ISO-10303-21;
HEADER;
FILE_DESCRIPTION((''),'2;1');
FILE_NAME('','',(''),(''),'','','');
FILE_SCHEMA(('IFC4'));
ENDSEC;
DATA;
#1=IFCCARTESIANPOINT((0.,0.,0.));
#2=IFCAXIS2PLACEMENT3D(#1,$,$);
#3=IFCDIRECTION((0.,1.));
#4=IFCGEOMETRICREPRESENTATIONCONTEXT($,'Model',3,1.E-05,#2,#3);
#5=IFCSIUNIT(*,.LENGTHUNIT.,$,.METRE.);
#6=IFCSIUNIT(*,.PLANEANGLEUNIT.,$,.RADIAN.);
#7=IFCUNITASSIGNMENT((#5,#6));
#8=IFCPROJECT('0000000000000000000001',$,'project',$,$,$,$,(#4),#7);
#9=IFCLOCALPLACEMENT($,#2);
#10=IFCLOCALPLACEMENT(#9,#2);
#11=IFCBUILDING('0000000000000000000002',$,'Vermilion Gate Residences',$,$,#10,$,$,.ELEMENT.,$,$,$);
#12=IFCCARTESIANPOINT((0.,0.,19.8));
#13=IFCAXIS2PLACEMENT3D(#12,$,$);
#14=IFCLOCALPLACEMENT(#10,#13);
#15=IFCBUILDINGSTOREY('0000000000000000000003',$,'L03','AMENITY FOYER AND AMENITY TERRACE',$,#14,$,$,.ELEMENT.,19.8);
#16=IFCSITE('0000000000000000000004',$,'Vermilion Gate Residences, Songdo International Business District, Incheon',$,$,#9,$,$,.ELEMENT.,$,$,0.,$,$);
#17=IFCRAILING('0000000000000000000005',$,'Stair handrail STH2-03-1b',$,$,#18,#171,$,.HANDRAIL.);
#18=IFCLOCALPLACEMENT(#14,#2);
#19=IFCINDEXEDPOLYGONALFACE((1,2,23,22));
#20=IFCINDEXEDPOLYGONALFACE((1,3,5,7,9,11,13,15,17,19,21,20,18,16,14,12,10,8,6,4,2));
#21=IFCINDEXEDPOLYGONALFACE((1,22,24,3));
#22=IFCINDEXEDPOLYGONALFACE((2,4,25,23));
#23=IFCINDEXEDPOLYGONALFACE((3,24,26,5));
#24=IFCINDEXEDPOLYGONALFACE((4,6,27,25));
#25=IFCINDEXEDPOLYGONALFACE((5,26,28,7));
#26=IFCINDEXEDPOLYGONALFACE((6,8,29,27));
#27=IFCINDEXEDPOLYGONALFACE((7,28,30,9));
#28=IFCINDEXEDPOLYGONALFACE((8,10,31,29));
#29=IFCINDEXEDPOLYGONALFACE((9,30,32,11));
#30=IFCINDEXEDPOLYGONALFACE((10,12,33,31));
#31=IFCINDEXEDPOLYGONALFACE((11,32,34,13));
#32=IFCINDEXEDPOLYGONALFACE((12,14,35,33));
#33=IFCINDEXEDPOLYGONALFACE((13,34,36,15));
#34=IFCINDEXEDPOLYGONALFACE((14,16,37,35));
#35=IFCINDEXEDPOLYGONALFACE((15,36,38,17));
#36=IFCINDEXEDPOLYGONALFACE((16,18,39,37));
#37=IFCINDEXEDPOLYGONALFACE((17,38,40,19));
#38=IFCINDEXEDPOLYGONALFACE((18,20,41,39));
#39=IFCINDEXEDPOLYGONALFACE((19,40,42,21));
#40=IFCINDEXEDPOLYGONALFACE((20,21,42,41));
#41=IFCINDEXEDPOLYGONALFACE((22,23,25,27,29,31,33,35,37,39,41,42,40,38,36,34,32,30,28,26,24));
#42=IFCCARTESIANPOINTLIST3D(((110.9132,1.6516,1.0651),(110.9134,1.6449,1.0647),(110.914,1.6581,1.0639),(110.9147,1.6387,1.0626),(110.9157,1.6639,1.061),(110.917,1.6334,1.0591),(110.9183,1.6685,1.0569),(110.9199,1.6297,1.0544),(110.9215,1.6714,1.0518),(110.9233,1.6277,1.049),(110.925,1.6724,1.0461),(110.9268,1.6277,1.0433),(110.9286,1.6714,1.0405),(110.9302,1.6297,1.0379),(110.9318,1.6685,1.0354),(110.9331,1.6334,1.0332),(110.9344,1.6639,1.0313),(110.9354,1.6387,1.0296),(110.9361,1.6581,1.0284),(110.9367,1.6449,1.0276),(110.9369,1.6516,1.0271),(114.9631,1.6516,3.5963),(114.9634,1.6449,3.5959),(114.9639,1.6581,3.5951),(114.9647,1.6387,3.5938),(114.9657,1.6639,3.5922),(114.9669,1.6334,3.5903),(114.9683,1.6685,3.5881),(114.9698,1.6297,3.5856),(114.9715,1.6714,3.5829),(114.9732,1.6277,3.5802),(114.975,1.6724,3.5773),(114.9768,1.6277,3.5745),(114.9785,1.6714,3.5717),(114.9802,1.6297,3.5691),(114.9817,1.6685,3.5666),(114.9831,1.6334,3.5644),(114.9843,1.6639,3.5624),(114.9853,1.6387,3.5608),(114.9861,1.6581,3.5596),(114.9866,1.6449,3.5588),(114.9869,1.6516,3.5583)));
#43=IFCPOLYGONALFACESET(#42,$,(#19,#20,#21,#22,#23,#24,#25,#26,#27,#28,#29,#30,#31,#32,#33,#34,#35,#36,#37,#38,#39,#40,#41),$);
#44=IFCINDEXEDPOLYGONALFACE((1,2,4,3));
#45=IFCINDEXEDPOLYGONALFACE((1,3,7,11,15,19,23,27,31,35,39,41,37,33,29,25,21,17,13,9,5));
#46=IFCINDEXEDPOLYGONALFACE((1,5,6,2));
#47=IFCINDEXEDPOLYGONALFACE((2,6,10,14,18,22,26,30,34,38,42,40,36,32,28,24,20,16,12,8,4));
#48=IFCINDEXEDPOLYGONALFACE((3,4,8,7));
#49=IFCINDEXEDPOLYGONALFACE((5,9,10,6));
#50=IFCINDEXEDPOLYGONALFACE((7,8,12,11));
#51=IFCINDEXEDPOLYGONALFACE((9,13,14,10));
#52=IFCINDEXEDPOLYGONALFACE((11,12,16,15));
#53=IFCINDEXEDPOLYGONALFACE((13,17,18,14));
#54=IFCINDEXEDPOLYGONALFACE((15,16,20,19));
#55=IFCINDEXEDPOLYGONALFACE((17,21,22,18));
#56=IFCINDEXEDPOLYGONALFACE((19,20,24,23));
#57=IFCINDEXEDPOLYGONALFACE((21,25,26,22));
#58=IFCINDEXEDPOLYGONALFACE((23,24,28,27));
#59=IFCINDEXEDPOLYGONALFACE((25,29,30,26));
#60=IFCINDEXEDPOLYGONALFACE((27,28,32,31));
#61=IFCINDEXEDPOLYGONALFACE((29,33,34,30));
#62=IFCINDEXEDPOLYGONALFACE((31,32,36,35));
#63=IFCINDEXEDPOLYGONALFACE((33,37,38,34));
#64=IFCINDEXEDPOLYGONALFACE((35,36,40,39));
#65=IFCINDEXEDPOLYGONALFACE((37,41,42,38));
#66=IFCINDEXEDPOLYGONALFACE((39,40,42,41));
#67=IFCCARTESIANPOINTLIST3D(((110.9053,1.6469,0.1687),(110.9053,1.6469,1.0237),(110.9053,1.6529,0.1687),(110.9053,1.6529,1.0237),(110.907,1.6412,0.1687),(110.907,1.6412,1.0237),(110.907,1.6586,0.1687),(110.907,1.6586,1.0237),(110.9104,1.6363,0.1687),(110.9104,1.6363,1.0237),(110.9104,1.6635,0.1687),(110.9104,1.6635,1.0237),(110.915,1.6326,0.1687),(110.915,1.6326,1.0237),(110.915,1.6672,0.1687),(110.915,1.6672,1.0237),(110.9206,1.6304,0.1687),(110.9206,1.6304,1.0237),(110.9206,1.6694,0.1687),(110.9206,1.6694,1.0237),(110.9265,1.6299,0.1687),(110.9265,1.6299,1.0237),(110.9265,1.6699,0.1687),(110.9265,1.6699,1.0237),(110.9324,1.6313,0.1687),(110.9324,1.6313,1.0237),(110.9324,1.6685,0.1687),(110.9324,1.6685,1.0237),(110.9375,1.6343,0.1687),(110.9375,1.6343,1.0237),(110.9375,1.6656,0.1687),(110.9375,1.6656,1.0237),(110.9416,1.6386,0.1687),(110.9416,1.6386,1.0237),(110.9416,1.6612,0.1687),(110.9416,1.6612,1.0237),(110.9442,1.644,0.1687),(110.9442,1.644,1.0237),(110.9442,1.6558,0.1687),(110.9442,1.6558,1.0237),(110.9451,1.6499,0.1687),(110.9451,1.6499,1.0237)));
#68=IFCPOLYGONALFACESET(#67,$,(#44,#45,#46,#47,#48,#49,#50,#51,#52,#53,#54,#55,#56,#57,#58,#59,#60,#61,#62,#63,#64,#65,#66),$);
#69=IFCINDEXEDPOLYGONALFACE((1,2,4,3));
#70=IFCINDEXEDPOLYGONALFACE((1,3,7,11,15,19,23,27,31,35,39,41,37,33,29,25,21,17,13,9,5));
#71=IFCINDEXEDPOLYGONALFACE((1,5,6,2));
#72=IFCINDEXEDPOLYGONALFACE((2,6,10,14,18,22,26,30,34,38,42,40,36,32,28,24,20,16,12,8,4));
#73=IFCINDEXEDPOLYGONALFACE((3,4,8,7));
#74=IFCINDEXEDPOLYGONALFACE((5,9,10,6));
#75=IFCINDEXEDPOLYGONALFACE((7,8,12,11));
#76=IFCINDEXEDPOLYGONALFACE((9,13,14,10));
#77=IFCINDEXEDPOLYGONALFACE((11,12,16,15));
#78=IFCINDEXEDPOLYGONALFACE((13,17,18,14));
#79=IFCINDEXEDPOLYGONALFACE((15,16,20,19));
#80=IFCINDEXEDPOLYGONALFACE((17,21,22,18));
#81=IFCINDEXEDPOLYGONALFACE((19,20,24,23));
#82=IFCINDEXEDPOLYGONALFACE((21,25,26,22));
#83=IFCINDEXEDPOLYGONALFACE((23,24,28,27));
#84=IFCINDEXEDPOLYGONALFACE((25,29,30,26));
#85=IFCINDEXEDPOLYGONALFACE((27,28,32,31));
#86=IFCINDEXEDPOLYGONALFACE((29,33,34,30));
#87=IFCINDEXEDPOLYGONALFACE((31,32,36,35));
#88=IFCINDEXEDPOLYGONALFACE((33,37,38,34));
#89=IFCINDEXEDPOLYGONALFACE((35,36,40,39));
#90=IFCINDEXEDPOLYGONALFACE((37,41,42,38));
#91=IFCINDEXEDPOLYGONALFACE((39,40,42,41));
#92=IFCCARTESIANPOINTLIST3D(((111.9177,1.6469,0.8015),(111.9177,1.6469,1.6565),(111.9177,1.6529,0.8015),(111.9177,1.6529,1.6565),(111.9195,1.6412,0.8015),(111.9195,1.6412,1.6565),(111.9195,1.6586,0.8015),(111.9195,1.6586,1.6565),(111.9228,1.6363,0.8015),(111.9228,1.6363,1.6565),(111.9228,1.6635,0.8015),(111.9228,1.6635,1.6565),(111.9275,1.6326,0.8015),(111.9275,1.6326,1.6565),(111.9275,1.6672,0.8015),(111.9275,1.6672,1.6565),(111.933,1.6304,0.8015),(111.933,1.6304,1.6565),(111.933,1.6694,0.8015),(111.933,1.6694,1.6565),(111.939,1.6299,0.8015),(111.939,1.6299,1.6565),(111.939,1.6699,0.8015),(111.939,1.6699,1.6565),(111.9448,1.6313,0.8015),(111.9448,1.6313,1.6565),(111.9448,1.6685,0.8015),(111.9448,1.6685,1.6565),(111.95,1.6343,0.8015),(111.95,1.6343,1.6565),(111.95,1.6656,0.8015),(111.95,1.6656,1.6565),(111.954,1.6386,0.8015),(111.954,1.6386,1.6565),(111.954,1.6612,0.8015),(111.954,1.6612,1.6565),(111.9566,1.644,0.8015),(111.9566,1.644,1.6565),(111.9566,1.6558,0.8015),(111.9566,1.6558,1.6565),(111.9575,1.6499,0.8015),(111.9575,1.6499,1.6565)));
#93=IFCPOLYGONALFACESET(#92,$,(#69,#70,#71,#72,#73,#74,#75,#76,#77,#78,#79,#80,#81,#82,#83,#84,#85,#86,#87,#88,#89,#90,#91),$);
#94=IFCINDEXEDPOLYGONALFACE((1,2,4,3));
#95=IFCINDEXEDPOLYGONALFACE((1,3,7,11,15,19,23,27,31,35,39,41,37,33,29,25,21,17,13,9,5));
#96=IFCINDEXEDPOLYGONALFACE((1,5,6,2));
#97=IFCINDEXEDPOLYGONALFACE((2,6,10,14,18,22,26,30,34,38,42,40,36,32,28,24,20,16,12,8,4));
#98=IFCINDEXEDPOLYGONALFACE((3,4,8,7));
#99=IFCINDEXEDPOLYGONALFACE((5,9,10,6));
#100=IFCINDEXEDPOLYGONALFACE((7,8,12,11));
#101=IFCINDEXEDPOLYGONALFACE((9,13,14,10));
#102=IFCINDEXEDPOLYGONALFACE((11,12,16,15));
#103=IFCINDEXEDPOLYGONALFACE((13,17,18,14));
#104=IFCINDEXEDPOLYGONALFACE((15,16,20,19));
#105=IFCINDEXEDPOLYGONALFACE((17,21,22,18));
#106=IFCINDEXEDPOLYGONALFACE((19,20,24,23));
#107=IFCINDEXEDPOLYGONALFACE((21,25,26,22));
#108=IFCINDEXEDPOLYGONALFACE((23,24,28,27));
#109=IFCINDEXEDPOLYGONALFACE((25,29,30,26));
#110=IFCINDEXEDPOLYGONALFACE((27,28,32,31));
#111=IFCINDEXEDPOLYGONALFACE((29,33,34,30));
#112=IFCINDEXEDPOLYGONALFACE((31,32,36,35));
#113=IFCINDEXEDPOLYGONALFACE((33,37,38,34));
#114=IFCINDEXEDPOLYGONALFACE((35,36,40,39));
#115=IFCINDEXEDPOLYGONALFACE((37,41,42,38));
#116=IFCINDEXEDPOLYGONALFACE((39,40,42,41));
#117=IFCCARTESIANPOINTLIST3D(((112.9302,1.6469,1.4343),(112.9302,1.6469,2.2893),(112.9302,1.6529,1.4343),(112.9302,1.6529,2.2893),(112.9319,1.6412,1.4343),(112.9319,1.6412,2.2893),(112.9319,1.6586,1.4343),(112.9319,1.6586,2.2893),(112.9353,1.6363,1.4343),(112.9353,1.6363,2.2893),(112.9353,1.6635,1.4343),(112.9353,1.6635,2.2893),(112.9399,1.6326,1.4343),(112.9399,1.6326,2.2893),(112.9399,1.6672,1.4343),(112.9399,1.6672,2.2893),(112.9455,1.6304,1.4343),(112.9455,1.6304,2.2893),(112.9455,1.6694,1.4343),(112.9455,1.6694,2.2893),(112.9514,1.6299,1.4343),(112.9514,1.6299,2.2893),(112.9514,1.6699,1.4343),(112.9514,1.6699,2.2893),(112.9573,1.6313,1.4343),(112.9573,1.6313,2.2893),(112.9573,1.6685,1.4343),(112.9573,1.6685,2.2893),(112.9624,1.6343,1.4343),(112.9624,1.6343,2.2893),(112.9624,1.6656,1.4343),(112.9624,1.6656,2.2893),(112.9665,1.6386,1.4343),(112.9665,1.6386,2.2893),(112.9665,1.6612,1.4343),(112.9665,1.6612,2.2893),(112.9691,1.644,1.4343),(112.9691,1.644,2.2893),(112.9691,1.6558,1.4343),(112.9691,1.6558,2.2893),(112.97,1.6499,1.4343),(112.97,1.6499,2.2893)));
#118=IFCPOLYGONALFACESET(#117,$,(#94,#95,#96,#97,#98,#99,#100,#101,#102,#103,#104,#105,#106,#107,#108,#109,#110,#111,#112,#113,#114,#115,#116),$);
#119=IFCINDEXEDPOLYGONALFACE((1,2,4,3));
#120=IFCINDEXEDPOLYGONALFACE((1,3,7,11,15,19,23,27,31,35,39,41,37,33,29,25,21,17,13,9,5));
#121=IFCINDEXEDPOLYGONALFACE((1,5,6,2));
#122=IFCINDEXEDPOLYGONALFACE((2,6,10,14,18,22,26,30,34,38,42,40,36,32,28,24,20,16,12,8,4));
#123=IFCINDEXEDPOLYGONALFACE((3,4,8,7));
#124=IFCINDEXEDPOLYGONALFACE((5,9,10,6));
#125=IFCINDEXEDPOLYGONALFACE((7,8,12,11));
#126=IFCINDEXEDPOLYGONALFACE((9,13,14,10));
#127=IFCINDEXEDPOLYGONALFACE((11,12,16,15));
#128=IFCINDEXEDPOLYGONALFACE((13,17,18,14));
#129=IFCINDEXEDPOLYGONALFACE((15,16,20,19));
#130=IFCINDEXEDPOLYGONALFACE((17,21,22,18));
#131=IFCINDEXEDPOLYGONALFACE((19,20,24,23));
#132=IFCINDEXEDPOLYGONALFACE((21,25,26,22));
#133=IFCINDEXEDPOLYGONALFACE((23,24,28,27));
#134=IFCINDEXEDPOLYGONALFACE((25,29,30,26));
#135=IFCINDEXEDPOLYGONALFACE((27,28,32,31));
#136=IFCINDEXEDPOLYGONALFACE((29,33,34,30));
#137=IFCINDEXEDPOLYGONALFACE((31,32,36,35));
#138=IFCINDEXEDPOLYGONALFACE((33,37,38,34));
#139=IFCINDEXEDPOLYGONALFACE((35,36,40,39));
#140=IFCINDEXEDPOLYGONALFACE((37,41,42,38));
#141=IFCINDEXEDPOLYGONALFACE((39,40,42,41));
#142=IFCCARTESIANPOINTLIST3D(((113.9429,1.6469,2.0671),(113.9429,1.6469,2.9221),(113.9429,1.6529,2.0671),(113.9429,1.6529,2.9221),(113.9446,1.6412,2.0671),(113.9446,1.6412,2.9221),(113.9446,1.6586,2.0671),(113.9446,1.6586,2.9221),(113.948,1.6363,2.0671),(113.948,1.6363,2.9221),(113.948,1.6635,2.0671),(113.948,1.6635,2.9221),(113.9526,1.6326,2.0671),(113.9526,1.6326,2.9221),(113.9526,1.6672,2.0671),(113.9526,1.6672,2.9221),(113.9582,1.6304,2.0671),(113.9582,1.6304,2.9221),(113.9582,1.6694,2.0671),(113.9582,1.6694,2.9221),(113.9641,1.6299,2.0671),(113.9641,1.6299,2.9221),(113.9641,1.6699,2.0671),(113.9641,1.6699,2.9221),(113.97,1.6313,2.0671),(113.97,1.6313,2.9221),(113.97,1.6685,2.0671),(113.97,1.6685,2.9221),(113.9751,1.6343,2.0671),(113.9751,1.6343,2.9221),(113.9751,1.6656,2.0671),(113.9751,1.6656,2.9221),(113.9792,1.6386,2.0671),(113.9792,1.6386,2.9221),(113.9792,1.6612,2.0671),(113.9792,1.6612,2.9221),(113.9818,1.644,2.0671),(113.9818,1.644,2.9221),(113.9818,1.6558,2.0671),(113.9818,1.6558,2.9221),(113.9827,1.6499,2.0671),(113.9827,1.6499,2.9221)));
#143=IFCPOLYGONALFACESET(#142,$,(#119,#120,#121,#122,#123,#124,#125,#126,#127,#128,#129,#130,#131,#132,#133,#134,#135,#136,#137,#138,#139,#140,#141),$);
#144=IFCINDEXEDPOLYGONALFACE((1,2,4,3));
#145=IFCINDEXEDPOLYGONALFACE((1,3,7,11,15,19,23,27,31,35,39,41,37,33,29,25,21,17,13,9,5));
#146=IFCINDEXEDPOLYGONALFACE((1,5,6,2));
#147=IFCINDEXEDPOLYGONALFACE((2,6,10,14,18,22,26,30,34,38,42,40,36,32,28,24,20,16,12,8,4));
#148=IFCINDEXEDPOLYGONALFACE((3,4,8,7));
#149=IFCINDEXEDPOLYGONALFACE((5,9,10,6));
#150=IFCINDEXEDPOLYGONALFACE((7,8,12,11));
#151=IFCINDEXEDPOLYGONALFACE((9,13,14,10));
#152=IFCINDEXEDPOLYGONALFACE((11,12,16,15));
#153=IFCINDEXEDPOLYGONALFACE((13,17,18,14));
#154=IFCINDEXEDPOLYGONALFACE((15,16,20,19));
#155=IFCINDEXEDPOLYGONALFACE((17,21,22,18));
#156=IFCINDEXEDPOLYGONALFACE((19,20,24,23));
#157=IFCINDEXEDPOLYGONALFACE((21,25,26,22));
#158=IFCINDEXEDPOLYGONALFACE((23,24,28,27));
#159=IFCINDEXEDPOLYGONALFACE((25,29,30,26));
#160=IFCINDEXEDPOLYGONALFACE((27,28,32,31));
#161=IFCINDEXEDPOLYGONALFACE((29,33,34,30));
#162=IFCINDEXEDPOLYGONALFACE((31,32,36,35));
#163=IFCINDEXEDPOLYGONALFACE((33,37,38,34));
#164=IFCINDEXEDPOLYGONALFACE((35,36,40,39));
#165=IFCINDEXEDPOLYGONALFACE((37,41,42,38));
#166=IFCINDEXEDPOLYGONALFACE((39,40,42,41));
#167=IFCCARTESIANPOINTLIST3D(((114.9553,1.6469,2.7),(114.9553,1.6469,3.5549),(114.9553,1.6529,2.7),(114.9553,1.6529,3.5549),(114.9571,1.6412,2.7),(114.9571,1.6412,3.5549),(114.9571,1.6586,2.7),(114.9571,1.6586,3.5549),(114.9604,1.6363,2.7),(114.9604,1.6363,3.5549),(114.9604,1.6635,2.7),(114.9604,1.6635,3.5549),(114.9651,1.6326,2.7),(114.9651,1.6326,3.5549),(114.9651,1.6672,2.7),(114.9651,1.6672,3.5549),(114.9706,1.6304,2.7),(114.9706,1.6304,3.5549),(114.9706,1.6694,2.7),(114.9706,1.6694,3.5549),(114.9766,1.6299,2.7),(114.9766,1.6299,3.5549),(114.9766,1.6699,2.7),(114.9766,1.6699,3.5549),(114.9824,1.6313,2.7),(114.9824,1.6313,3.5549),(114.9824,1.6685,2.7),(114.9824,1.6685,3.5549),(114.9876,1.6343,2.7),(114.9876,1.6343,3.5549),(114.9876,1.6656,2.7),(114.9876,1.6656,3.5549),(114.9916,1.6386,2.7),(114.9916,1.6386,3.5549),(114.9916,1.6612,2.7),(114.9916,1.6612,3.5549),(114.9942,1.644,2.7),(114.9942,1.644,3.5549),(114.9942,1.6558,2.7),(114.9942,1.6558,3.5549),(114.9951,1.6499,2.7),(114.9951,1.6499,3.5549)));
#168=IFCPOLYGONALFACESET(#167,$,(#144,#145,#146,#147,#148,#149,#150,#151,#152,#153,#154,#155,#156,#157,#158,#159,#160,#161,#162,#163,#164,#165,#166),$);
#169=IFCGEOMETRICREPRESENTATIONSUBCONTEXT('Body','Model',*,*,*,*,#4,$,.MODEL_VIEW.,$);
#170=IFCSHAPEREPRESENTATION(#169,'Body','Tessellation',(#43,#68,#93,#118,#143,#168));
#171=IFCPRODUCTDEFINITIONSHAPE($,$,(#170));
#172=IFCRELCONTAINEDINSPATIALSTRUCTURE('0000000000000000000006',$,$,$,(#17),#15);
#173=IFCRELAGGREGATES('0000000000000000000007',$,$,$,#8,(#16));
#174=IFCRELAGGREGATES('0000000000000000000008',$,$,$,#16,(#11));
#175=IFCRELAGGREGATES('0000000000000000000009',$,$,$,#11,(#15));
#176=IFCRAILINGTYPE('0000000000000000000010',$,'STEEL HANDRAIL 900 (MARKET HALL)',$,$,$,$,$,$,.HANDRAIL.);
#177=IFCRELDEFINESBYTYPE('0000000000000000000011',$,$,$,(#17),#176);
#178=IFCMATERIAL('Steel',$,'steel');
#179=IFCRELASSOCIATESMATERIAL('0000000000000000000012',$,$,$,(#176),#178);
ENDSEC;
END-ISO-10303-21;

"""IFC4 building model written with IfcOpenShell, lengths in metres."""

from ifc_helpers import new_model, si_unit, direction, frame, origin, origin_2d, place, context, subcontext, project, spatial, circle, extrude, material, type_object, element, save


model = new_model("IFC4")

# Units and contexts
model_context = context("Model", 3, precision=1e-05, world=origin(), true_north=direction((0.0, 1.0)))
body_context = subcontext(model_context, "Body", "Model", "MODEL_VIEW")
ifc_project = project(units=[si_unit("LENGTHUNIT", "METRE"), si_unit("PLANEANGLEUNIT", "RADIAN")], contexts=[model_context])

# Site, building, storey
site_placement = place(None, origin())
site = spatial("IfcSite", under=ifc_project, at=site_placement, Name="Vermilion Gate Residences, Songdo International Business District, Incheon", CompositionType="ELEMENT", RefElevation=0.0)
building_placement = place(site_placement, origin())
building = spatial("IfcBuilding", under=site, at=building_placement, Name="Vermilion Gate Residences", CompositionType="ELEMENT")
storey_placement = place(building_placement, frame((0.0, 0.0, 19.8)))
storey = spatial("IfcBuildingStorey", under=building, at=storey_placement, Name="L03", Description="AMENITY FOYER AND AMENITY TERRACE", CompositionType="ELEMENT", Elevation=19.8)

# Railing
ifc_material_1 = material(Name="Steel", Category="steel")
railing_type_1 = type_object("IfcRailingType", Name="STEEL HANDRAIL 900 (MARKET HALL)", PredefinedType="HANDRAIL", material=ifc_material_1)
for number, where, name in (
    (1, (110.925, 1.6499, 0.1687), "Stair handrail STH2-03-1b"),
):
    element("IfcRailing", number, at=place(storey_placement, frame(where)), inside=storey, type_object=railing_type_1, Name=name, PredefinedType="HANDRAIL", context=body_context, shape_type="SweptSolid", body=[
        extrude(circle(Radius=0.0225, at=origin_2d()), frame((0.0, 0.0, 0.8774), z_axis=(0.848001, 0.0, 0.529994), x_axis=(0.0, 1.0, 0.0)), (0.0, 0.0, 1.0), 4.7759),
        extrude(circle(Radius=0.02, at=origin_2d()), origin(), (0.0, 0.0, 1.0), 0.855),
        extrude(circle(Radius=0.02, at=origin_2d()), frame((1.0125, 0.0, 0.6328)), (0.0, 0.0, 1.0), 0.855),
        extrude(circle(Radius=0.02, at=origin_2d()), frame((2.0249, 0.0, 1.2656)), (0.0, 0.0, 1.0), 0.855),
        extrude(circle(Radius=0.02, at=origin_2d()), frame((3.0376, 0.0, 1.8984)), (0.0, 0.0, 1.0), 0.855),
        extrude(circle(Radius=0.02, at=origin_2d()), frame((4.05, 0.0, 2.5312)), (0.0, 0.0, 1.0), 0.855),
    ])

save(model, "model.ifc")
